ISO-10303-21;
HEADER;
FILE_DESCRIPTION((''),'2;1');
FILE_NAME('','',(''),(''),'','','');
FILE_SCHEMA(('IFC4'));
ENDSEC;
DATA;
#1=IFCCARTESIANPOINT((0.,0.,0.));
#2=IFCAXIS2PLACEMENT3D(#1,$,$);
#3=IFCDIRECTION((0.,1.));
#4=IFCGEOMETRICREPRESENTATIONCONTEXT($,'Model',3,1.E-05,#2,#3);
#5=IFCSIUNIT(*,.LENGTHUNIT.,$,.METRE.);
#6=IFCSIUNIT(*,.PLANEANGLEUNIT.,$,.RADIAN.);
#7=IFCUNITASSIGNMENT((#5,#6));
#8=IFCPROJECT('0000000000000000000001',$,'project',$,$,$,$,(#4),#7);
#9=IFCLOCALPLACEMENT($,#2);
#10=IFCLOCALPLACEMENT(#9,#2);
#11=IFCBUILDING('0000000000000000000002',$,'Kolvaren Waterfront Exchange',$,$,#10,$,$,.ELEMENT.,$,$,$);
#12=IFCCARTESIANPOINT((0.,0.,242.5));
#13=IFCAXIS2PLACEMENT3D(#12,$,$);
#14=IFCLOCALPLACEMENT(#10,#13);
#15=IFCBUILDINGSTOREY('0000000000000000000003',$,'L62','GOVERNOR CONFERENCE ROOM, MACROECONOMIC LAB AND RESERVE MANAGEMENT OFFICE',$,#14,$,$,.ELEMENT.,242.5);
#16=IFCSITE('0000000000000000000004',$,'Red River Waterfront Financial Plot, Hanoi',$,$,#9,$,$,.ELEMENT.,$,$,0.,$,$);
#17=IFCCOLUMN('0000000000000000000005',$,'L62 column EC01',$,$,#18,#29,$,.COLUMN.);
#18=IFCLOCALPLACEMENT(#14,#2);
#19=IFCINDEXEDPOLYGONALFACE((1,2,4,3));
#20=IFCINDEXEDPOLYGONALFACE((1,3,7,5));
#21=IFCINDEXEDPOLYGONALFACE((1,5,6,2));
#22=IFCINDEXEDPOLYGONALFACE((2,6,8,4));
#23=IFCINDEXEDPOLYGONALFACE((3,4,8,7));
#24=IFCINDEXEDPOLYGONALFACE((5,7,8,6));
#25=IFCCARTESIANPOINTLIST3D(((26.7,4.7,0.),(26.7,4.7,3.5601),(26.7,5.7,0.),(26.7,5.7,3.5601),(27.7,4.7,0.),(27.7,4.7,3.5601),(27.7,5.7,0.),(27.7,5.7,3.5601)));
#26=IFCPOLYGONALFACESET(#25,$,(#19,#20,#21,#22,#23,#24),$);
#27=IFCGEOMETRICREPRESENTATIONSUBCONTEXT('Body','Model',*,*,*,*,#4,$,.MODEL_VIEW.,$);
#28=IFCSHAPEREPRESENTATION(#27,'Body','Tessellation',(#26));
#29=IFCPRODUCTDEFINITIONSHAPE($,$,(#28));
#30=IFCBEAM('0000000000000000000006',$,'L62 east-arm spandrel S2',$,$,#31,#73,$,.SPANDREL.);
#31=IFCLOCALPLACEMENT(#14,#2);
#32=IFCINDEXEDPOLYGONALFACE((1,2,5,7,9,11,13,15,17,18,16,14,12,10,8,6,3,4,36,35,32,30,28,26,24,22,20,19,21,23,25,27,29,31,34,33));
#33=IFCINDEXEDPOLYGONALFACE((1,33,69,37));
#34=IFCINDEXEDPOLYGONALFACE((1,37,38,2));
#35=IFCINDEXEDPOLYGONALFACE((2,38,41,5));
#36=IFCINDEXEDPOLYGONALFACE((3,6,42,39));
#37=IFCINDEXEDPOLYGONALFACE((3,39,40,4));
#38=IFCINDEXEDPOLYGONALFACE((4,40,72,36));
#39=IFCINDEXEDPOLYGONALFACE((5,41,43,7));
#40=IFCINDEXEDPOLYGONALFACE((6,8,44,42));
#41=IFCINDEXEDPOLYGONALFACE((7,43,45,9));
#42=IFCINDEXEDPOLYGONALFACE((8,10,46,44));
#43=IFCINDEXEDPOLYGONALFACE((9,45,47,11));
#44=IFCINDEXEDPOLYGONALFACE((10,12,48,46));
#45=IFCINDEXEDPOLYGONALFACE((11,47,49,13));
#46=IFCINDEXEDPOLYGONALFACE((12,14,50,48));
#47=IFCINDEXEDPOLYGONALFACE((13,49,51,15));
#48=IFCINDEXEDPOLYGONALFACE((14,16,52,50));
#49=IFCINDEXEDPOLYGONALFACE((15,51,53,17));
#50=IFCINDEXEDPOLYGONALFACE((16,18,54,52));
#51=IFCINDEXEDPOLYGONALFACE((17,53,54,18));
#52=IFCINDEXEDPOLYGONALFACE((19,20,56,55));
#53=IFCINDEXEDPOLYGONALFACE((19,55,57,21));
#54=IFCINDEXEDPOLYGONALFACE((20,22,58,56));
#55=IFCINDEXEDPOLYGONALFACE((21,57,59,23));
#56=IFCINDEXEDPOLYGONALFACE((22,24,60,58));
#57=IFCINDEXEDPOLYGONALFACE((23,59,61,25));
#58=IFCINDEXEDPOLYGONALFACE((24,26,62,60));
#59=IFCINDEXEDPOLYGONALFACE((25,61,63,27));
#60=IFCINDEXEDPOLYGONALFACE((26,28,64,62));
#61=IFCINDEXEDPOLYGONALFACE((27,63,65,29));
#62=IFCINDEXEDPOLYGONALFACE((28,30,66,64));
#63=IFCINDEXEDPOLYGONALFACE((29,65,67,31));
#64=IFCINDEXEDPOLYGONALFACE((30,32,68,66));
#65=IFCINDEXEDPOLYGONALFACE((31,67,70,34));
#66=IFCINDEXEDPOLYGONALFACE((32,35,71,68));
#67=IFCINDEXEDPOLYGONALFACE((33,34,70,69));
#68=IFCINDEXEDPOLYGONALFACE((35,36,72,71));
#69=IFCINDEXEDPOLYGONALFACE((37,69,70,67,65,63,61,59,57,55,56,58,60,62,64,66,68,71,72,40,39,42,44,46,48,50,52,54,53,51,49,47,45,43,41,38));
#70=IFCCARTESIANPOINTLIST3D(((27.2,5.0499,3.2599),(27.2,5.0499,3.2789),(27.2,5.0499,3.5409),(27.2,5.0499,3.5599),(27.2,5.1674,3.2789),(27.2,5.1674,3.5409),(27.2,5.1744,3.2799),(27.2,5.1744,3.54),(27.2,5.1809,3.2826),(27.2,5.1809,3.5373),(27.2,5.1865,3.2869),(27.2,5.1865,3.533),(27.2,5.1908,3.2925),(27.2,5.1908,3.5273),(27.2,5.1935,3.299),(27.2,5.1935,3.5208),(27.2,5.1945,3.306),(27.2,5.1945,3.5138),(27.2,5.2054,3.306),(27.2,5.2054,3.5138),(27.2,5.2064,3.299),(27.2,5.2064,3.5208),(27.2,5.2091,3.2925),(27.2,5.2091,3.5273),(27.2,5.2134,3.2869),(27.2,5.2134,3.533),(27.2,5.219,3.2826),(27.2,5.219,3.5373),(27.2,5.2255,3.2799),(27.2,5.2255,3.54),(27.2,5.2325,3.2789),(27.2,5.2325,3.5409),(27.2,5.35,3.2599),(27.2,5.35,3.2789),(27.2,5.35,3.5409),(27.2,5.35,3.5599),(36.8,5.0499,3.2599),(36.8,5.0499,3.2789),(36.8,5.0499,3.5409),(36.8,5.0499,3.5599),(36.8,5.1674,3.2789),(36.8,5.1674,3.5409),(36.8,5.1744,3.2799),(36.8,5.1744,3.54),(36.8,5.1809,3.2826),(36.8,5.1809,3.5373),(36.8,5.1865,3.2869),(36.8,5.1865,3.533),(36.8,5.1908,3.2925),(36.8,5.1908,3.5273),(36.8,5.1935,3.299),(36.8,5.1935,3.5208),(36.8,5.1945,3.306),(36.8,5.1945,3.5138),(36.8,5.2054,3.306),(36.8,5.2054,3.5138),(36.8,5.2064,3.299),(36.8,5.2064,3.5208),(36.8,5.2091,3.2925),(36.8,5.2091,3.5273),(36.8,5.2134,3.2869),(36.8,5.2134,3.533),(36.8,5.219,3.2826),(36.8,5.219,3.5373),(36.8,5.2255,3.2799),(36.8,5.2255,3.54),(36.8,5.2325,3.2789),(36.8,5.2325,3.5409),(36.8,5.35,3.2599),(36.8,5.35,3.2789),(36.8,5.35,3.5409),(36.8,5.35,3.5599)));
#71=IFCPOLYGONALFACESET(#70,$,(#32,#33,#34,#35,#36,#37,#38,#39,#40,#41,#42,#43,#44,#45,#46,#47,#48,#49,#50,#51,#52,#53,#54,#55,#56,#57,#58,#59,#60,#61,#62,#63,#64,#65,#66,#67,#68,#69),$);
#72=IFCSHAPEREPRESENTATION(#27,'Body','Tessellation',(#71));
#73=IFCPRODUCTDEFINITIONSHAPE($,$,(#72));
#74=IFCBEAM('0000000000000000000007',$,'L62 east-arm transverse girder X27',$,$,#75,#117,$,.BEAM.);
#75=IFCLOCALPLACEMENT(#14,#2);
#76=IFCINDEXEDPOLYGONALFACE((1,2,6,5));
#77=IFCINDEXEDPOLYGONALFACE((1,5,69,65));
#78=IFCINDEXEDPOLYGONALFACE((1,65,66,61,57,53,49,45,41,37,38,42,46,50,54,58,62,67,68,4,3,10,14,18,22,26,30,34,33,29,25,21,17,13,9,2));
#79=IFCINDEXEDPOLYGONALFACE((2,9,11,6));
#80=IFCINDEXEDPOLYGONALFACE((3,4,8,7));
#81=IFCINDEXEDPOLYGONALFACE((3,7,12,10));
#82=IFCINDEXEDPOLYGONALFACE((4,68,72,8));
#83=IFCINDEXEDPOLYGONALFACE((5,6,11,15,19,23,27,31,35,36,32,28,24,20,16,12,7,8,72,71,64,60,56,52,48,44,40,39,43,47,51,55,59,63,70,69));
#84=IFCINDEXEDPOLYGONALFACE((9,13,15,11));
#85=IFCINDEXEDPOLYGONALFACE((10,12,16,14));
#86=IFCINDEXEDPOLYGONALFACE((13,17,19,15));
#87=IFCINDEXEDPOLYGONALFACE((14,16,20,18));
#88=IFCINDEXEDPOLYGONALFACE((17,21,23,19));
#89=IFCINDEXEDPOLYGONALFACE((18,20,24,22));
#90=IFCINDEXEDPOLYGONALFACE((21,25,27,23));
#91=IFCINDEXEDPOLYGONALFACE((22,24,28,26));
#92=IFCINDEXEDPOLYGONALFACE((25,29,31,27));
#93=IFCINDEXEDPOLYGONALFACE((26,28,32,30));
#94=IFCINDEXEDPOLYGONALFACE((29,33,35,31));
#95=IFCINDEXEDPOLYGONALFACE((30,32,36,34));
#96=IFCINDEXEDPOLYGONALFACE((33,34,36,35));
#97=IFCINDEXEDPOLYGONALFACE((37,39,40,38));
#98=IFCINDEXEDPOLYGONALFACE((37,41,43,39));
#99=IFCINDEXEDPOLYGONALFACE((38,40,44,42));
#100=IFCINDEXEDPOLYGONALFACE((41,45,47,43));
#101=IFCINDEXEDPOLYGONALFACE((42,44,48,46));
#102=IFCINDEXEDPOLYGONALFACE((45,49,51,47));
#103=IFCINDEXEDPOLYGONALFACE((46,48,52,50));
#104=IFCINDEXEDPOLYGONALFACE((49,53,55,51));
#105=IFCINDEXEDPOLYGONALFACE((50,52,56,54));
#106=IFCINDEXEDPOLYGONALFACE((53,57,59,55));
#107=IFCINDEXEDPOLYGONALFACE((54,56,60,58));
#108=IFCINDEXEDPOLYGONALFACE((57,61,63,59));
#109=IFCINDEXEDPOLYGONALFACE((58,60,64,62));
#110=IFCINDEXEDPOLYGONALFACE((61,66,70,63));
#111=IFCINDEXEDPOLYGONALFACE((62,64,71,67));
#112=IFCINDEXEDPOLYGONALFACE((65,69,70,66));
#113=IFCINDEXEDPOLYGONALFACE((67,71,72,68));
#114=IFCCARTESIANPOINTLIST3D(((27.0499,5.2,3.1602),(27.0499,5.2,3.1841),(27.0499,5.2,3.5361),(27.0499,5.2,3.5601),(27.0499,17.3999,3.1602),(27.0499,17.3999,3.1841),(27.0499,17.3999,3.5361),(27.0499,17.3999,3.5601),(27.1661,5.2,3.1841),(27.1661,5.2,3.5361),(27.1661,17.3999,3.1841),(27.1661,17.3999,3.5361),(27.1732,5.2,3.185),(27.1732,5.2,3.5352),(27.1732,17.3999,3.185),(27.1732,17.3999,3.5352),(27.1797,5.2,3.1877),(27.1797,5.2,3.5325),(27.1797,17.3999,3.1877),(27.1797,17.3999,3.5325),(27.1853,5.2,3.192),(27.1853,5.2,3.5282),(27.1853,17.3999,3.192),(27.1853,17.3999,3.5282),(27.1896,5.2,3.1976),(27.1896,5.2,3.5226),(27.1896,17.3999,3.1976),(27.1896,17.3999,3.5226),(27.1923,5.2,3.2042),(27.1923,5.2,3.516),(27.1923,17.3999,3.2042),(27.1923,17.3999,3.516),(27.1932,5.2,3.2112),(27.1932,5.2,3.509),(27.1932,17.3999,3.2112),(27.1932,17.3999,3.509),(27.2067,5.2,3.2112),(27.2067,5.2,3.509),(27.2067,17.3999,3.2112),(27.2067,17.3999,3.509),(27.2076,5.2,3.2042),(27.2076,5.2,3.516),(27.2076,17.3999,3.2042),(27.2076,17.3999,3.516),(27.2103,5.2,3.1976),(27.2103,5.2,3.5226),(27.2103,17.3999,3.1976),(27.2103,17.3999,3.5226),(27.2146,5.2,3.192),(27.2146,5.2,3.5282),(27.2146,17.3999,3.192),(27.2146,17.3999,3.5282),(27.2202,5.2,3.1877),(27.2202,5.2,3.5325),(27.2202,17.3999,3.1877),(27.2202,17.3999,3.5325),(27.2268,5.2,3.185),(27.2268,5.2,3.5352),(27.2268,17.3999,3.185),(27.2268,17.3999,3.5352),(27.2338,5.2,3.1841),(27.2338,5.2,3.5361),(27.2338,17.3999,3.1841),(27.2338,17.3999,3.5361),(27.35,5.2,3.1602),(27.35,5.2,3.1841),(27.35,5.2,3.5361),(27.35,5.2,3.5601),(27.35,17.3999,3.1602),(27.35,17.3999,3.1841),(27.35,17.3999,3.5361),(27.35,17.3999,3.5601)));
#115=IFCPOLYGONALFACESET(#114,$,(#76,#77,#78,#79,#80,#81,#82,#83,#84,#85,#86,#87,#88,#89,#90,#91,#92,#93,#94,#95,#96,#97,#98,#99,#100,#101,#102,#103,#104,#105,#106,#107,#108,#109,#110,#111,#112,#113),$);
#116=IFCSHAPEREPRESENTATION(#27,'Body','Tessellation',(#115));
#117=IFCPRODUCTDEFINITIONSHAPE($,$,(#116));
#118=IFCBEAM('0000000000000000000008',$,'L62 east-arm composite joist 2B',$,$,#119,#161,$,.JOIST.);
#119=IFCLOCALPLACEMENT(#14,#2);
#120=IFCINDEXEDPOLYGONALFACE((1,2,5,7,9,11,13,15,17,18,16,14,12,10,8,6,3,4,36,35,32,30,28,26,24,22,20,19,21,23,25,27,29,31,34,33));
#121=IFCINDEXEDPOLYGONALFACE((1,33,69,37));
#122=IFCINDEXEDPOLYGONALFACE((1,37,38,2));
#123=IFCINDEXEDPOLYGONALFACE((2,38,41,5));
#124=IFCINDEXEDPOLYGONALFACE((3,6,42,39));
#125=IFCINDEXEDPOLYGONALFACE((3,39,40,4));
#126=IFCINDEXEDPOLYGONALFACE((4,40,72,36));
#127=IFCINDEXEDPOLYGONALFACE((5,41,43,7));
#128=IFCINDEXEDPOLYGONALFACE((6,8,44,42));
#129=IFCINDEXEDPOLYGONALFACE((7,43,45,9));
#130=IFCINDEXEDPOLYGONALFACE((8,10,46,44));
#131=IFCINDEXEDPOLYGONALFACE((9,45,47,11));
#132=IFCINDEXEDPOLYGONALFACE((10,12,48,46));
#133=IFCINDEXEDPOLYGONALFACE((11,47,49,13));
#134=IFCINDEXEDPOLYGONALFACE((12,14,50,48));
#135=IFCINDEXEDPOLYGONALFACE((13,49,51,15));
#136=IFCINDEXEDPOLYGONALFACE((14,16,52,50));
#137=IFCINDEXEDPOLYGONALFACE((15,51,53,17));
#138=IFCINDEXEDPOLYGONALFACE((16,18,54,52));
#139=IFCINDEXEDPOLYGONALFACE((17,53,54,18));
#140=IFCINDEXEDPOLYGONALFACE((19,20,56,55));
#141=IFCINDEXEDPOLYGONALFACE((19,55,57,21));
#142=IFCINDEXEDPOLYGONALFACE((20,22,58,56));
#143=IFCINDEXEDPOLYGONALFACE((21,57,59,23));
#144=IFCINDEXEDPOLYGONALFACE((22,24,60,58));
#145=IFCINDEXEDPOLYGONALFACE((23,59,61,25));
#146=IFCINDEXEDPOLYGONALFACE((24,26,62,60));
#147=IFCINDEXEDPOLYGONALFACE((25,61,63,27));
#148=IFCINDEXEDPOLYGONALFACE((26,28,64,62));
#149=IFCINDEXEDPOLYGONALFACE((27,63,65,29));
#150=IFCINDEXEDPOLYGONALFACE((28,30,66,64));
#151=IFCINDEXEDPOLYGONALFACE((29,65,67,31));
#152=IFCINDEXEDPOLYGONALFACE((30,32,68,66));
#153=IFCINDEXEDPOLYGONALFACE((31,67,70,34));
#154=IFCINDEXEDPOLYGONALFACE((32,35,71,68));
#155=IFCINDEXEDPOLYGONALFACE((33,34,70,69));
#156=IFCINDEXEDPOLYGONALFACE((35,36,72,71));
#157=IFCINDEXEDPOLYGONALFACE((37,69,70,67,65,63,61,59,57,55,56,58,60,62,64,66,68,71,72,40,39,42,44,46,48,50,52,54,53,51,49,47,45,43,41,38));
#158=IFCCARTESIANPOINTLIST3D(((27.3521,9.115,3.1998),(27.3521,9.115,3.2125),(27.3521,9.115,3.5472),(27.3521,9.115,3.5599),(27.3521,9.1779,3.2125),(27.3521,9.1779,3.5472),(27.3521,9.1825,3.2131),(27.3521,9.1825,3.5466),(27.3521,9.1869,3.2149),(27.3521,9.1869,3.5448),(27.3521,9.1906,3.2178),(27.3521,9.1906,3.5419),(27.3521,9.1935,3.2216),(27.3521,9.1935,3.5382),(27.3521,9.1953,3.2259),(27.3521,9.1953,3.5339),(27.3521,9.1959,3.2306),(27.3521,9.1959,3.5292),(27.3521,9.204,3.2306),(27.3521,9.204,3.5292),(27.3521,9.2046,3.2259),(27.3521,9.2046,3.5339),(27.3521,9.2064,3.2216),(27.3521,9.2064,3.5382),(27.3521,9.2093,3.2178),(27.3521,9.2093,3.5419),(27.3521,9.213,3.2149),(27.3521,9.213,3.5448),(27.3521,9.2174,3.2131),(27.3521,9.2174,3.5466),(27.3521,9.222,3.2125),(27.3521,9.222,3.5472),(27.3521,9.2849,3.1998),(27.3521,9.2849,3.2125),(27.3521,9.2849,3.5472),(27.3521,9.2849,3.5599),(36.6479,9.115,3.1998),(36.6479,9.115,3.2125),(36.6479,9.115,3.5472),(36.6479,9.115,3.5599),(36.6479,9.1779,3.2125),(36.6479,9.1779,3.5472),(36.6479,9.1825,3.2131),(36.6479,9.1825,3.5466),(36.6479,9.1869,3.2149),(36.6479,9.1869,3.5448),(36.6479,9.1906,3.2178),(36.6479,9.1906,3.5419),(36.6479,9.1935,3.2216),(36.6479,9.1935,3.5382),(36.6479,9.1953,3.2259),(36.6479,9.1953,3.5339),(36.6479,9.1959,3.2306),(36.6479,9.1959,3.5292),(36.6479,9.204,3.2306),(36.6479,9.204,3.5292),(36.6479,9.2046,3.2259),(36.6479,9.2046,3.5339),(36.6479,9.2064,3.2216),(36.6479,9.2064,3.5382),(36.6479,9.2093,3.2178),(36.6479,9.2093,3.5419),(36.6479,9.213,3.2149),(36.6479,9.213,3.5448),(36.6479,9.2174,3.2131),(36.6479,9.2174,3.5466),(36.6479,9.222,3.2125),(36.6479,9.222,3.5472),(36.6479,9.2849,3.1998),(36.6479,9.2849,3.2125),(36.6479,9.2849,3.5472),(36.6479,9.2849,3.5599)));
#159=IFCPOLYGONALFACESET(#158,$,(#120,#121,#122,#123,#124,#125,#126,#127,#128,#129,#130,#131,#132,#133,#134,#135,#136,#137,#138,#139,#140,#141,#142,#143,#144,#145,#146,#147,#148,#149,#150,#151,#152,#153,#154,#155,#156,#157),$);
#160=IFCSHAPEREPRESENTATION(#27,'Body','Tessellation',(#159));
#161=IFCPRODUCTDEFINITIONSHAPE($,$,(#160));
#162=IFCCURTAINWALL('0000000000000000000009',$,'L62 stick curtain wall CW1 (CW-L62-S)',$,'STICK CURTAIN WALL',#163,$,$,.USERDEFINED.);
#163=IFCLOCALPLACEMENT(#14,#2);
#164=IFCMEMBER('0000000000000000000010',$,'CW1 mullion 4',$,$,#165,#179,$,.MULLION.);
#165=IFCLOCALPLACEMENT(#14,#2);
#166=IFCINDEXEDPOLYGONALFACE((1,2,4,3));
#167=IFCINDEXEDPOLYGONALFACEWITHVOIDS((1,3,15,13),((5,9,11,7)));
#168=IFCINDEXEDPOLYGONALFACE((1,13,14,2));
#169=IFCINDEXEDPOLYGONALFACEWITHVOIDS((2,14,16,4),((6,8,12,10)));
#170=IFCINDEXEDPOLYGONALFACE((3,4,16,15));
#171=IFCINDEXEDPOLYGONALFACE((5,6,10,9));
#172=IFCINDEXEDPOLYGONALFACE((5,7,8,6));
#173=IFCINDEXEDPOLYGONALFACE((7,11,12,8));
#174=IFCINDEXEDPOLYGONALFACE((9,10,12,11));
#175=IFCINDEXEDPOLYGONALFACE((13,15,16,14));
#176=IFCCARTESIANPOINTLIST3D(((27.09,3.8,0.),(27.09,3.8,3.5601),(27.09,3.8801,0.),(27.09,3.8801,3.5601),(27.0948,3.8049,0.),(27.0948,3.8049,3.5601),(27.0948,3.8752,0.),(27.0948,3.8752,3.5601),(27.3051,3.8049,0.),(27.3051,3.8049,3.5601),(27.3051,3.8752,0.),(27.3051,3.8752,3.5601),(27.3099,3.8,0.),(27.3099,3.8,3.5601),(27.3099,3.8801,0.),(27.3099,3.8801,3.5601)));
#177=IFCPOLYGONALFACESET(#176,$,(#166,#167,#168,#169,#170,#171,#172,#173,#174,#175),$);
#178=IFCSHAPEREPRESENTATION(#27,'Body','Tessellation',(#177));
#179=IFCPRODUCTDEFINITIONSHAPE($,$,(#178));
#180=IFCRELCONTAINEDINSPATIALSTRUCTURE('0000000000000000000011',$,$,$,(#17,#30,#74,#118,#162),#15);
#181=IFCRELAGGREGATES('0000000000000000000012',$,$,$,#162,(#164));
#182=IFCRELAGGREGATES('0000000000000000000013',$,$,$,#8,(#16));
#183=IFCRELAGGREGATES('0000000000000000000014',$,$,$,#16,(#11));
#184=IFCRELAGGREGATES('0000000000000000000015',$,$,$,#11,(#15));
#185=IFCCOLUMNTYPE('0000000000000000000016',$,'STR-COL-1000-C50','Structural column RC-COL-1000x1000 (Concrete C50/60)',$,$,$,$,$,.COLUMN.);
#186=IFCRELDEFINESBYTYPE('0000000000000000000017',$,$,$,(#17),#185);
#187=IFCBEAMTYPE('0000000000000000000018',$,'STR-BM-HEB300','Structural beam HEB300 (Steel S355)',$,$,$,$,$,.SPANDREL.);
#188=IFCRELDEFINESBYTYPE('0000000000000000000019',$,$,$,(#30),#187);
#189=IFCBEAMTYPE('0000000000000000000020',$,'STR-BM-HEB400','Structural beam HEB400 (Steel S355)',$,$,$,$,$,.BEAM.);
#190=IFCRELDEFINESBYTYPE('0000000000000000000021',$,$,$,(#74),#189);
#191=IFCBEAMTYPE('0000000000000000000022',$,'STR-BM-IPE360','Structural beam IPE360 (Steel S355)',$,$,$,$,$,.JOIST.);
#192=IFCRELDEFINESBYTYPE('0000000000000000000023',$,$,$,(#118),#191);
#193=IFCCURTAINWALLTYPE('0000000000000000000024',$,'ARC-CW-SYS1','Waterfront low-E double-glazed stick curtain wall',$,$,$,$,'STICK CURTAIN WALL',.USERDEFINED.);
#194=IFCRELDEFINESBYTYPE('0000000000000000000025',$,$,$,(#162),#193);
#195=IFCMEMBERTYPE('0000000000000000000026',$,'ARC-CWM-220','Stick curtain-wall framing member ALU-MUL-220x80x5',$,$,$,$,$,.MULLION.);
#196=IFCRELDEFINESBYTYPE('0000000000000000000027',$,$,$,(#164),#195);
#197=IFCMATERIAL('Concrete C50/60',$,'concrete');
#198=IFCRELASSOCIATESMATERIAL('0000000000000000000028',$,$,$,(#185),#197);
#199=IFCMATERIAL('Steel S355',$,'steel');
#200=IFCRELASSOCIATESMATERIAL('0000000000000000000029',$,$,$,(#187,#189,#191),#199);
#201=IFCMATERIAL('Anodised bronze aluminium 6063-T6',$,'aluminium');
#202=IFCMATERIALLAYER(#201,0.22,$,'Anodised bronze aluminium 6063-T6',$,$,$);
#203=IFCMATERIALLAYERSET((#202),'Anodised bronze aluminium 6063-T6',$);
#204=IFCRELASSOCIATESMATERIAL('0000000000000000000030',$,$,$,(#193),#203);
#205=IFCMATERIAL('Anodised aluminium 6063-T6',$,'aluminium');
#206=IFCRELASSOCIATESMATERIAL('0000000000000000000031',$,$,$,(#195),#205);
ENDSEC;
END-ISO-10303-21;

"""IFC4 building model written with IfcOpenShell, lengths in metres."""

from ifc_helpers import new_model, si_unit, direction, frame, origin, origin_with_axes, origin_2d, place, context, subcontext, project, spatial, rectangle, hollow_rectangle, i_section, extrude, source, transform, mapped, material, layer, layer_set, material_profile, profile_set, type_object, element, aggregate, save


model = new_model("IFC4")

# Units and contexts
model_context = context("Model", 3, precision=1e-05, world=origin(), true_north=direction((0.0, 1.0)))
body_context = subcontext(model_context, "Body", "Model", "MODEL_VIEW")
ifc_project = project(units=[si_unit("LENGTHUNIT", "METRE"), si_unit("PLANEANGLEUNIT", "RADIAN")], contexts=[model_context])

# Site, building, storey
site_placement = place(None, origin())
site = spatial("IfcSite", under=ifc_project, at=site_placement, Name="Red River Waterfront Financial Plot, Hanoi", CompositionType="ELEMENT", RefElevation=0.0)
building_placement = place(site_placement, origin())
building = spatial("IfcBuilding", under=site, at=building_placement, Name="Kolvaren Waterfront Exchange", CompositionType="ELEMENT")
storey_placement = place(building_placement, frame((0.0, 0.0, 242.5)))
storey = spatial("IfcBuildingStorey", under=building, at=storey_placement, Name="L62", Description="GOVERNOR CONFERENCE ROOM, MACROECONOMIC LAB AND RESERVE MANAGEMENT OFFICE", CompositionType="ELEMENT", Elevation=242.5)

# Column
ifc_material_1 = material(Name="Concrete C50/60", Category="concrete")
ifc_material_profile_1 = material_profile(ifc_material_1, rectangle(XDim=1.0, YDim=1.0, at=origin_2d()), Name="RC-COL-1000x1000")
ifc_profile_set_1 = profile_set([ifc_material_profile_1], Name="Concrete C50/60")
column_type = type_object("IfcColumnType", Name="STR-COL-1000-C50", Description="Structural column RC-COL-1000x1000 (Concrete C50/60)", PredefinedType="COLUMN", material=ifc_profile_set_1)
column_placement = place(storey_placement, frame((27.2, 5.2, 0.0), z_axis=(0.0, 0.0, 1.0), x_axis=(1.0, 0.0, 0.0)))
element("IfcColumn", 1, at=column_placement, inside=storey, type_object=column_type, Name="L62 column EC01", PredefinedType="COLUMN", context=body_context, shape_type="SweptSolid", body=[
    extrude(rectangle(XDim=1.0, YDim=1.0, at=origin_2d()), origin(), (0.0, 0.0, 1.0), 3.5601),
])

# Beams
ifc_material_2 = material(Name="Steel S355", Category="steel")
ifc_material_profile_2 = material_profile(ifc_material_2, i_section(OverallWidth=0.3, OverallDepth=0.3, WebThickness=0.011, FlangeThickness=0.019, FilletRadius=0.0271, at=origin_2d()), Name="HEB300")
ifc_profile_set_2 = profile_set([ifc_material_profile_2], Name="Steel S355")
beam_type_1 = type_object("IfcBeamType", Name="STR-BM-HEB300", Description="Structural beam HEB300 (Steel S355)", PredefinedType="SPANDREL", material=ifc_profile_set_2)
beam_1_placement = place(storey_placement, frame((27.2, 5.2, 3.4099), z_axis=(1.0, 0.0, 0.0), x_axis=(0.0, 1.0, 0.0)))
element("IfcBeam", 2, at=beam_1_placement, inside=storey, type_object=beam_type_1, Name="L62 east-arm spandrel S2", PredefinedType="SPANDREL", context=body_context, shape_type="SweptSolid", body=[
    extrude(i_section(OverallWidth=0.3, OverallDepth=0.3, WebThickness=0.011, FlangeThickness=0.019, FilletRadius=0.0271, at=origin_2d()), origin(), (0.0, 0.0, 1.0), 9.6001),
])
ifc_material_profile_3 = material_profile(ifc_material_2, i_section(OverallWidth=0.3, OverallDepth=0.3999, WebThickness=0.0134, FlangeThickness=0.0239, FilletRadius=0.0271, at=origin_2d()), Name="HEB400")
ifc_profile_set_3 = profile_set([ifc_material_profile_3], Name="Steel S355")
beam_type_2 = type_object("IfcBeamType", Name="STR-BM-HEB400", Description="Structural beam HEB400 (Steel S355)", PredefinedType="BEAM", material=ifc_profile_set_3)
beam_2_placement = place(storey_placement, frame((27.2, 5.2, 3.3601), z_axis=(0.0, 1.0, 0.0), x_axis=(-1.0, 0.0, 0.0)))
element("IfcBeam", 3, at=beam_2_placement, inside=storey, type_object=beam_type_2, Name="L62 east-arm transverse girder X27", PredefinedType="BEAM", context=body_context, shape_type="SweptSolid", body=[
    extrude(i_section(OverallWidth=0.3, OverallDepth=0.3999, WebThickness=0.0134, FlangeThickness=0.0239, FilletRadius=0.0271, at=origin_2d()), origin(), (0.0, 0.0, 1.0), 12.2),
])
ifc_material_profile_4 = material_profile(ifc_material_2, i_section(OverallWidth=0.1699, OverallDepth=0.3601, WebThickness=0.0081, FlangeThickness=0.0127, FilletRadius=0.0181, at=origin_2d()), Name="IPE360")
ifc_profile_set_4 = profile_set([ifc_material_profile_4], Name="Steel S355")
beam_type_3 = type_object("IfcBeamType", Name="STR-BM-IPE360", Description="Structural beam IPE360 (Steel S355)", PredefinedType="JOIST", material=ifc_profile_set_4)
beam_3_placement = place(storey_placement, frame((27.3521, 9.2, 3.3799), z_axis=(1.0, 0.0, 0.0), x_axis=(0.0, 1.0, 0.0)))
element("IfcBeam", 4, at=beam_3_placement, inside=storey, type_object=beam_type_3, Name="L62 east-arm composite joist 2B", PredefinedType="JOIST", context=body_context, shape_type="SweptSolid", body=[
    extrude(i_section(OverallWidth=0.1699, OverallDepth=0.3601, WebThickness=0.0081, FlangeThickness=0.0127, FilletRadius=0.0181, at=origin_2d()), origin(), (0.0, 0.0, 1.0), 9.2959),
])

# Curtain wall, member
ifc_material_3 = material(Name="Anodised bronze aluminium 6063-T6", Category="aluminium")
ifc_layer_1 = layer(ifc_material_3, 0.22, Name="Anodised bronze aluminium 6063-T6")
ifc_layer_set_1 = layer_set([ifc_layer_1], Name="Anodised bronze aluminium 6063-T6")
curtain_wall_type = type_object("IfcCurtainWallType", Name="ARC-CW-SYS1", Description="Waterfront low-E double-glazed stick curtain wall", ElementType="STICK CURTAIN WALL", PredefinedType="USERDEFINED", material=ifc_layer_set_1)
curtain_wall_placement = place(storey_placement, origin())
curtain_wall = element("IfcCurtainWall", 5, at=curtain_wall_placement, inside=storey, type_object=curtain_wall_type, Name="L62 stick curtain wall CW1 (CW-L62-S)", ObjectType="STICK CURTAIN WALL", PredefinedType="USERDEFINED")
ifc_material_4 = material(Name="Anodised aluminium 6063-T6", Category="aluminium")
ifc_material_profile_5 = material_profile(ifc_material_4, hollow_rectangle(XDim=0.0801, YDim=0.22, WallThickness=0.0049, at=origin_2d()), Name="ALU-MUL-220x80x5")
ifc_profile_set_5 = profile_set([ifc_material_profile_5], Name="Anodised aluminium 6063-T6")
member_type_1 = type_object("IfcMemberType", Name="ARC-CWM-220", Description="Stick curtain-wall framing member ALU-MUL-220x80x5", PredefinedType="MULLION", material=ifc_profile_set_5)
shared_shape_1 = source(origin_with_axes(), body_context, "Body", "SweptSolid", [
    extrude(hollow_rectangle(XDim=0.0801, YDim=0.22, WallThickness=0.0049, at=origin_2d()), origin(), (0.0, 0.0, 1.0), 3.5601),
])
member_1_placement = place(storey_placement, frame((27.2, 3.8401, 0.0), z_axis=(0.0, 0.0, 1.0), x_axis=(0.0, 1.0, 0.0)))
member_1 = element("IfcMember", 6, at=member_1_placement, type_object=member_type_1, Name="CW1 mullion 4", PredefinedType="MULLION", context=body_context, shape_type="MappedRepresentation", body=[
    mapped(shared_shape_1, transform((0.0, 0.0, 0.0), x_axis=(1.0, 0.0, 0.0), y_axis=(0.0, 1.0, 0.0), z_axis=(0.0, 0.0, 1.0), scale=1.0)),
])
aggregate(curtain_wall, [member_1])

save(model, "model.ifc")
